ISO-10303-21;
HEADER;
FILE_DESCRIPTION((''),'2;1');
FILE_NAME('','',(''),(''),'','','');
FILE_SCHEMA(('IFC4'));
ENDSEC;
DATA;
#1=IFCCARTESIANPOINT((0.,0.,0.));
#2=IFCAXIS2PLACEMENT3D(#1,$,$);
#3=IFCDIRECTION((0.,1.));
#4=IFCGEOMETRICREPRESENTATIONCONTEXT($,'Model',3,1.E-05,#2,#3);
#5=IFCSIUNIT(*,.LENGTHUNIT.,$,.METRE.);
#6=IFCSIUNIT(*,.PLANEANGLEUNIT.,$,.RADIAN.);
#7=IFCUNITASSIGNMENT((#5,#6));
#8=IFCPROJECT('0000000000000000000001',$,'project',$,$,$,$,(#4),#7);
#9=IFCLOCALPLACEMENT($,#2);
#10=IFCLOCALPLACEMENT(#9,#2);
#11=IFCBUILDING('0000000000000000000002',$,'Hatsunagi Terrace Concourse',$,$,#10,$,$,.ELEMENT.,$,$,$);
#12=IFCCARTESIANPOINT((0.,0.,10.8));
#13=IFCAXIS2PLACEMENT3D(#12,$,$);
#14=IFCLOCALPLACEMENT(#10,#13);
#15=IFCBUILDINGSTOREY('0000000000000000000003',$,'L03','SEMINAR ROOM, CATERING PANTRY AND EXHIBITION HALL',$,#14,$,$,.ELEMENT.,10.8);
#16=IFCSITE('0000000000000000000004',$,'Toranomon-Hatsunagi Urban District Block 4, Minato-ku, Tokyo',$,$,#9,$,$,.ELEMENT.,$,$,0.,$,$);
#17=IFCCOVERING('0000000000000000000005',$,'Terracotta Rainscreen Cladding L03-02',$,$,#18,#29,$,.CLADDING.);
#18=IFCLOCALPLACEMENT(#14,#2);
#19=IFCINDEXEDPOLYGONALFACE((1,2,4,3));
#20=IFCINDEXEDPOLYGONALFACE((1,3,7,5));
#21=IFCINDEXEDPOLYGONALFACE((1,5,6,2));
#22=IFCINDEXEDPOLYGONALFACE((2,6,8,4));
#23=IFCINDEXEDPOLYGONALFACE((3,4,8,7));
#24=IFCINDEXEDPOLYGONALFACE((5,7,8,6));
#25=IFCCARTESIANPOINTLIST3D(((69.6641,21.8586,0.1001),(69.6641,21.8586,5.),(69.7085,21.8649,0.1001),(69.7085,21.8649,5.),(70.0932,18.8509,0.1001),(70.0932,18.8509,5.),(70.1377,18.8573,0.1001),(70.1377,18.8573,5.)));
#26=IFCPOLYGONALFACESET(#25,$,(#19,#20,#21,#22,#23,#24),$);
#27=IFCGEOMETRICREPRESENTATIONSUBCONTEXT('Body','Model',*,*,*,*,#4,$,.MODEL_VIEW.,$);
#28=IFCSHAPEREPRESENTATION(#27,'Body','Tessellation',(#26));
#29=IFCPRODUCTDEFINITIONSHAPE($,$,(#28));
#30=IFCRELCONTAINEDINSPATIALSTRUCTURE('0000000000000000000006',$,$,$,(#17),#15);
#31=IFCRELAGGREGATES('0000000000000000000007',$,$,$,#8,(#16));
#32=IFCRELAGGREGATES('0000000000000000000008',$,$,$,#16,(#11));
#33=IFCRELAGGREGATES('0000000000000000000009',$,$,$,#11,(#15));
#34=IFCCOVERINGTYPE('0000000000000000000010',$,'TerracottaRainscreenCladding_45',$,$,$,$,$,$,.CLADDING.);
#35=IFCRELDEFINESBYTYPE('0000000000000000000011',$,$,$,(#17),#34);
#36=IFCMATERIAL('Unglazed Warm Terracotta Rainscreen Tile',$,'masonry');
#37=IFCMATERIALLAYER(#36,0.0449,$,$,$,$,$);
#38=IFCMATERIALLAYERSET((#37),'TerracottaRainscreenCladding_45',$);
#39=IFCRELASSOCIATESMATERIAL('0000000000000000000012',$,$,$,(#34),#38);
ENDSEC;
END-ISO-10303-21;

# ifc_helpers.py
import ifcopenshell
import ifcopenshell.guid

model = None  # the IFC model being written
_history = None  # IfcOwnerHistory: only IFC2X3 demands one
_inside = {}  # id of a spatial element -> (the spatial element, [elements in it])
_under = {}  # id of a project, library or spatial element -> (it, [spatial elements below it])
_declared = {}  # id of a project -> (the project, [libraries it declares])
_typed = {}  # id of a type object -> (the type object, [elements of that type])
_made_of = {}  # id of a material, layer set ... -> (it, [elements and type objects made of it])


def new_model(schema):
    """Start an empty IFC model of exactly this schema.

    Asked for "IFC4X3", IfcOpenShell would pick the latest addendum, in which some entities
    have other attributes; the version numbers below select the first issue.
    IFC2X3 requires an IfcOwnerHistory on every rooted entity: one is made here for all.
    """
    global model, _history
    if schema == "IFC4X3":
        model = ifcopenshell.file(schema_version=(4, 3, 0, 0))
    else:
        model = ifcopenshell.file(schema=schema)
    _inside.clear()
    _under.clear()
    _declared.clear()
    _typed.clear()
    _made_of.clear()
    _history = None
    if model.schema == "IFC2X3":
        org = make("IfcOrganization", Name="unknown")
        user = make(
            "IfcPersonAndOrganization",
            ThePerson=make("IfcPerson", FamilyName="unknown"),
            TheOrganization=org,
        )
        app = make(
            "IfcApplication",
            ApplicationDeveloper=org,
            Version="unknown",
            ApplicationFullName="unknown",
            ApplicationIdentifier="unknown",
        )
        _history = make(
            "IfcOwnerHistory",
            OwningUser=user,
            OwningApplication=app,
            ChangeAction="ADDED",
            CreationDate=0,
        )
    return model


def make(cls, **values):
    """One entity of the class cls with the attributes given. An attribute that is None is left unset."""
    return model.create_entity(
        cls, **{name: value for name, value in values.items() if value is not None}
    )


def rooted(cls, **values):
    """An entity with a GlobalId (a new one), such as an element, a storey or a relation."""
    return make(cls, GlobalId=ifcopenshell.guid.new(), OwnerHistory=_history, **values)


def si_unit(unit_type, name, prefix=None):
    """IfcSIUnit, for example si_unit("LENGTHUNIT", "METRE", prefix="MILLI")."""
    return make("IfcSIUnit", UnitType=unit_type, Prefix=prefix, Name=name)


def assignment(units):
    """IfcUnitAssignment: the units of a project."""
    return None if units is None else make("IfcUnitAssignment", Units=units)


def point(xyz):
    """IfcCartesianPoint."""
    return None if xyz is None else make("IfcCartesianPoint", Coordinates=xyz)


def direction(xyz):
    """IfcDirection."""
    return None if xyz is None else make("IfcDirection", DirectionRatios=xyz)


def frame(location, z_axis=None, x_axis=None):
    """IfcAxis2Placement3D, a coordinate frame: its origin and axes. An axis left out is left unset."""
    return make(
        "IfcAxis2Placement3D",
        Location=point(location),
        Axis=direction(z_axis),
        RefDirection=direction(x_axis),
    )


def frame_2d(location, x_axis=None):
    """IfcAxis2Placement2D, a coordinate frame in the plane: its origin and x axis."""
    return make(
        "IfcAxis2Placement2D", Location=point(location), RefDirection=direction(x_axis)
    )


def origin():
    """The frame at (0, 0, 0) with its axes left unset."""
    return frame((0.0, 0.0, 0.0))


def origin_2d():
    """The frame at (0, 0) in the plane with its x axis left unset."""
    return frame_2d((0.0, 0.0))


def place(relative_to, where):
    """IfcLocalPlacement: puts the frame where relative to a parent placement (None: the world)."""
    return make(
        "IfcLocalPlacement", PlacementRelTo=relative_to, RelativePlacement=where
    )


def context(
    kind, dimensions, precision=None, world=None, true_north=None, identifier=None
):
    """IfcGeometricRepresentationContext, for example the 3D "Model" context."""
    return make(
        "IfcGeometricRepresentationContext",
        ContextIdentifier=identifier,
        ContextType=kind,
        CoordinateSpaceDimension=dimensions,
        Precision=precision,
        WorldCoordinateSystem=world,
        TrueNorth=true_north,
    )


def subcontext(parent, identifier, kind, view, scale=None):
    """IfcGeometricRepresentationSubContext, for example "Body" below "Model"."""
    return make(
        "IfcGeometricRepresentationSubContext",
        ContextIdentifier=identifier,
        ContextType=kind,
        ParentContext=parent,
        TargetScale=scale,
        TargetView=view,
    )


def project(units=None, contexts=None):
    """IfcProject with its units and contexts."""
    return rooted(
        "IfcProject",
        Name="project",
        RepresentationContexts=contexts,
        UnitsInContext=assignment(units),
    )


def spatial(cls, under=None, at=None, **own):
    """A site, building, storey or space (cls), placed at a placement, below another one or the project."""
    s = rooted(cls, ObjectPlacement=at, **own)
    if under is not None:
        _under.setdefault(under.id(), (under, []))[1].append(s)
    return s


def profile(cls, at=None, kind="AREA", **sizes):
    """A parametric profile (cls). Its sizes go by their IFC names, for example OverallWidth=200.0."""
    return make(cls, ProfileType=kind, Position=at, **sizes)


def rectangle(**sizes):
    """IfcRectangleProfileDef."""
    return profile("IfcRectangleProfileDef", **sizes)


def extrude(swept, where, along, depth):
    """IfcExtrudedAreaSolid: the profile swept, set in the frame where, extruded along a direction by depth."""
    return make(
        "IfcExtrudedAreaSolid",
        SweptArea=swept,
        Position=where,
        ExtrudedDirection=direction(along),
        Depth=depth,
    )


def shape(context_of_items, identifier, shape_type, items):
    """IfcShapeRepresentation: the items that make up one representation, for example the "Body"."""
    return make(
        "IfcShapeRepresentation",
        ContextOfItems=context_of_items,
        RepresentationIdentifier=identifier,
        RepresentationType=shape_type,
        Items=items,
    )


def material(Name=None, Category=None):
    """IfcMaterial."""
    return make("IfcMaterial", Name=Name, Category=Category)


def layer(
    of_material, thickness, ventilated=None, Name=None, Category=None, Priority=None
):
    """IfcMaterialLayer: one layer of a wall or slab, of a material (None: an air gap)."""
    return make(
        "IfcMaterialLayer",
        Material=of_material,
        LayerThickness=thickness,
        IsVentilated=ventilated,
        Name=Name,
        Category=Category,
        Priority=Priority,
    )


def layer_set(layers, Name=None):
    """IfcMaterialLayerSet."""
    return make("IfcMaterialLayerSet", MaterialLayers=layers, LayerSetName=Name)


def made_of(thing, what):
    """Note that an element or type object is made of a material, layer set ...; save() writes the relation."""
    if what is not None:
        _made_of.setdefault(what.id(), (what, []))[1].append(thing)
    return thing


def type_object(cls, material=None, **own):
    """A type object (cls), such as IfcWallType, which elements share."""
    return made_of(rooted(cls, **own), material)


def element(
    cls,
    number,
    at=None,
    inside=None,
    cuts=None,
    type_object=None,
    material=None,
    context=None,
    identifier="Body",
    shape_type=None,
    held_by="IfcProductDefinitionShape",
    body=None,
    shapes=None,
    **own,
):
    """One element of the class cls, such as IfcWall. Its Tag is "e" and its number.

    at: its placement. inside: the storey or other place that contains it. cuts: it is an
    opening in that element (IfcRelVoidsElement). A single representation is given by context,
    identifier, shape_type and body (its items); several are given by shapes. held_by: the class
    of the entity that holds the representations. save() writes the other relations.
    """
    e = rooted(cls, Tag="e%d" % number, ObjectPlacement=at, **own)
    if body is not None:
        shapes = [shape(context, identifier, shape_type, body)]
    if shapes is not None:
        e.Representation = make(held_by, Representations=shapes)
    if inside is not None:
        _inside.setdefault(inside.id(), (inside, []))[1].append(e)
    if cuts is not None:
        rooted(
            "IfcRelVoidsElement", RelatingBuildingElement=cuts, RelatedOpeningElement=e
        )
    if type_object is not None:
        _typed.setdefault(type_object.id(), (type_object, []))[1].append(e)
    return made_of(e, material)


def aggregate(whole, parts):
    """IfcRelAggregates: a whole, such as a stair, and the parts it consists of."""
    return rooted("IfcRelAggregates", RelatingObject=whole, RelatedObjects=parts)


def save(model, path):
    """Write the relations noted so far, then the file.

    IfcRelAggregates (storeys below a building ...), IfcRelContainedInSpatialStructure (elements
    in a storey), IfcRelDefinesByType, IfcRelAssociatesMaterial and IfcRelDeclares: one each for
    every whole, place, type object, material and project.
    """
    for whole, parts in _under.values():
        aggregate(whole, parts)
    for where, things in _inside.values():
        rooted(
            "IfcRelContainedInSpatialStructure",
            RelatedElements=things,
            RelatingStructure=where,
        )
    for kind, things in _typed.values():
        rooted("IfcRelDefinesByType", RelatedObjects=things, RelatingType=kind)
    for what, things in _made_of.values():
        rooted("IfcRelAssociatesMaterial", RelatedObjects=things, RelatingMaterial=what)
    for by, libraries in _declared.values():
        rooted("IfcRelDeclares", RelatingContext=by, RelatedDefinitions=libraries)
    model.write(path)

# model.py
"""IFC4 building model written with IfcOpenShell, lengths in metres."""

from ifc_helpers import new_model, si_unit, direction, frame, origin, origin_2d, place, context, subcontext, project, spatial, rectangle, extrude, material, layer, layer_set, type_object, element, save


model = new_model("IFC4")

# Units and contexts
model_context = context("Model", 3, precision=1e-05, world=origin(), true_north=direction((0.0, 1.0)))
body_context = subcontext(model_context, "Body", "Model", "MODEL_VIEW")
ifc_project = project(units=[si_unit("LENGTHUNIT", "METRE"), si_unit("PLANEANGLEUNIT", "RADIAN")], contexts=[model_context])

# Site, building, storey
site_placement = place(None, origin())
site = spatial("IfcSite", under=ifc_project, at=site_placement, Name="Toranomon-Hatsunagi Urban District Block 4, Minato-ku, Tokyo", CompositionType="ELEMENT", RefElevation=0.0)
building_placement = place(site_placement, origin())
building = spatial("IfcBuilding", under=site, at=building_placement, Name="Hatsunagi Terrace Concourse", CompositionType="ELEMENT")
storey_placement = place(building_placement, frame((0.0, 0.0, 10.8)))
storey = spatial("IfcBuildingStorey", under=building, at=storey_placement, Name="L03", Description="SEMINAR ROOM, CATERING PANTRY AND EXHIBITION HALL", CompositionType="ELEMENT", Elevation=10.8)

# Covering
ifc_material_1 = material(Name="Unglazed Warm Terracotta Rainscreen Tile", Category="masonry")
ifc_layer_1 = layer(ifc_material_1, 0.0449)
ifc_layer_set_1 = layer_set([ifc_layer_1], Name="TerracottaRainscreenCladding_45")
covering_type = type_object("IfcCoveringType", Name="TerracottaRainscreenCladding_45", PredefinedType="CLADDING", material=ifc_layer_set_1)
covering_placement = place(storey_placement, frame((69.9009, 20.3579, 0.1001), z_axis=(0.0, 0.0, 1.0), x_axis=(0.14125, -0.989974, 0.0)))
element("IfcCovering", 1, at=covering_placement, inside=storey, type_object=covering_type, Name="Terracotta Rainscreen Cladding L03-02", PredefinedType="CLADDING", context=body_context, shape_type="SweptSolid", body=[
    extrude(rectangle(XDim=3.0381, YDim=0.0449, at=origin_2d()), origin(), (0.0, 0.0, 1.0), 4.8999),
])

save(model, "model.ifc")
